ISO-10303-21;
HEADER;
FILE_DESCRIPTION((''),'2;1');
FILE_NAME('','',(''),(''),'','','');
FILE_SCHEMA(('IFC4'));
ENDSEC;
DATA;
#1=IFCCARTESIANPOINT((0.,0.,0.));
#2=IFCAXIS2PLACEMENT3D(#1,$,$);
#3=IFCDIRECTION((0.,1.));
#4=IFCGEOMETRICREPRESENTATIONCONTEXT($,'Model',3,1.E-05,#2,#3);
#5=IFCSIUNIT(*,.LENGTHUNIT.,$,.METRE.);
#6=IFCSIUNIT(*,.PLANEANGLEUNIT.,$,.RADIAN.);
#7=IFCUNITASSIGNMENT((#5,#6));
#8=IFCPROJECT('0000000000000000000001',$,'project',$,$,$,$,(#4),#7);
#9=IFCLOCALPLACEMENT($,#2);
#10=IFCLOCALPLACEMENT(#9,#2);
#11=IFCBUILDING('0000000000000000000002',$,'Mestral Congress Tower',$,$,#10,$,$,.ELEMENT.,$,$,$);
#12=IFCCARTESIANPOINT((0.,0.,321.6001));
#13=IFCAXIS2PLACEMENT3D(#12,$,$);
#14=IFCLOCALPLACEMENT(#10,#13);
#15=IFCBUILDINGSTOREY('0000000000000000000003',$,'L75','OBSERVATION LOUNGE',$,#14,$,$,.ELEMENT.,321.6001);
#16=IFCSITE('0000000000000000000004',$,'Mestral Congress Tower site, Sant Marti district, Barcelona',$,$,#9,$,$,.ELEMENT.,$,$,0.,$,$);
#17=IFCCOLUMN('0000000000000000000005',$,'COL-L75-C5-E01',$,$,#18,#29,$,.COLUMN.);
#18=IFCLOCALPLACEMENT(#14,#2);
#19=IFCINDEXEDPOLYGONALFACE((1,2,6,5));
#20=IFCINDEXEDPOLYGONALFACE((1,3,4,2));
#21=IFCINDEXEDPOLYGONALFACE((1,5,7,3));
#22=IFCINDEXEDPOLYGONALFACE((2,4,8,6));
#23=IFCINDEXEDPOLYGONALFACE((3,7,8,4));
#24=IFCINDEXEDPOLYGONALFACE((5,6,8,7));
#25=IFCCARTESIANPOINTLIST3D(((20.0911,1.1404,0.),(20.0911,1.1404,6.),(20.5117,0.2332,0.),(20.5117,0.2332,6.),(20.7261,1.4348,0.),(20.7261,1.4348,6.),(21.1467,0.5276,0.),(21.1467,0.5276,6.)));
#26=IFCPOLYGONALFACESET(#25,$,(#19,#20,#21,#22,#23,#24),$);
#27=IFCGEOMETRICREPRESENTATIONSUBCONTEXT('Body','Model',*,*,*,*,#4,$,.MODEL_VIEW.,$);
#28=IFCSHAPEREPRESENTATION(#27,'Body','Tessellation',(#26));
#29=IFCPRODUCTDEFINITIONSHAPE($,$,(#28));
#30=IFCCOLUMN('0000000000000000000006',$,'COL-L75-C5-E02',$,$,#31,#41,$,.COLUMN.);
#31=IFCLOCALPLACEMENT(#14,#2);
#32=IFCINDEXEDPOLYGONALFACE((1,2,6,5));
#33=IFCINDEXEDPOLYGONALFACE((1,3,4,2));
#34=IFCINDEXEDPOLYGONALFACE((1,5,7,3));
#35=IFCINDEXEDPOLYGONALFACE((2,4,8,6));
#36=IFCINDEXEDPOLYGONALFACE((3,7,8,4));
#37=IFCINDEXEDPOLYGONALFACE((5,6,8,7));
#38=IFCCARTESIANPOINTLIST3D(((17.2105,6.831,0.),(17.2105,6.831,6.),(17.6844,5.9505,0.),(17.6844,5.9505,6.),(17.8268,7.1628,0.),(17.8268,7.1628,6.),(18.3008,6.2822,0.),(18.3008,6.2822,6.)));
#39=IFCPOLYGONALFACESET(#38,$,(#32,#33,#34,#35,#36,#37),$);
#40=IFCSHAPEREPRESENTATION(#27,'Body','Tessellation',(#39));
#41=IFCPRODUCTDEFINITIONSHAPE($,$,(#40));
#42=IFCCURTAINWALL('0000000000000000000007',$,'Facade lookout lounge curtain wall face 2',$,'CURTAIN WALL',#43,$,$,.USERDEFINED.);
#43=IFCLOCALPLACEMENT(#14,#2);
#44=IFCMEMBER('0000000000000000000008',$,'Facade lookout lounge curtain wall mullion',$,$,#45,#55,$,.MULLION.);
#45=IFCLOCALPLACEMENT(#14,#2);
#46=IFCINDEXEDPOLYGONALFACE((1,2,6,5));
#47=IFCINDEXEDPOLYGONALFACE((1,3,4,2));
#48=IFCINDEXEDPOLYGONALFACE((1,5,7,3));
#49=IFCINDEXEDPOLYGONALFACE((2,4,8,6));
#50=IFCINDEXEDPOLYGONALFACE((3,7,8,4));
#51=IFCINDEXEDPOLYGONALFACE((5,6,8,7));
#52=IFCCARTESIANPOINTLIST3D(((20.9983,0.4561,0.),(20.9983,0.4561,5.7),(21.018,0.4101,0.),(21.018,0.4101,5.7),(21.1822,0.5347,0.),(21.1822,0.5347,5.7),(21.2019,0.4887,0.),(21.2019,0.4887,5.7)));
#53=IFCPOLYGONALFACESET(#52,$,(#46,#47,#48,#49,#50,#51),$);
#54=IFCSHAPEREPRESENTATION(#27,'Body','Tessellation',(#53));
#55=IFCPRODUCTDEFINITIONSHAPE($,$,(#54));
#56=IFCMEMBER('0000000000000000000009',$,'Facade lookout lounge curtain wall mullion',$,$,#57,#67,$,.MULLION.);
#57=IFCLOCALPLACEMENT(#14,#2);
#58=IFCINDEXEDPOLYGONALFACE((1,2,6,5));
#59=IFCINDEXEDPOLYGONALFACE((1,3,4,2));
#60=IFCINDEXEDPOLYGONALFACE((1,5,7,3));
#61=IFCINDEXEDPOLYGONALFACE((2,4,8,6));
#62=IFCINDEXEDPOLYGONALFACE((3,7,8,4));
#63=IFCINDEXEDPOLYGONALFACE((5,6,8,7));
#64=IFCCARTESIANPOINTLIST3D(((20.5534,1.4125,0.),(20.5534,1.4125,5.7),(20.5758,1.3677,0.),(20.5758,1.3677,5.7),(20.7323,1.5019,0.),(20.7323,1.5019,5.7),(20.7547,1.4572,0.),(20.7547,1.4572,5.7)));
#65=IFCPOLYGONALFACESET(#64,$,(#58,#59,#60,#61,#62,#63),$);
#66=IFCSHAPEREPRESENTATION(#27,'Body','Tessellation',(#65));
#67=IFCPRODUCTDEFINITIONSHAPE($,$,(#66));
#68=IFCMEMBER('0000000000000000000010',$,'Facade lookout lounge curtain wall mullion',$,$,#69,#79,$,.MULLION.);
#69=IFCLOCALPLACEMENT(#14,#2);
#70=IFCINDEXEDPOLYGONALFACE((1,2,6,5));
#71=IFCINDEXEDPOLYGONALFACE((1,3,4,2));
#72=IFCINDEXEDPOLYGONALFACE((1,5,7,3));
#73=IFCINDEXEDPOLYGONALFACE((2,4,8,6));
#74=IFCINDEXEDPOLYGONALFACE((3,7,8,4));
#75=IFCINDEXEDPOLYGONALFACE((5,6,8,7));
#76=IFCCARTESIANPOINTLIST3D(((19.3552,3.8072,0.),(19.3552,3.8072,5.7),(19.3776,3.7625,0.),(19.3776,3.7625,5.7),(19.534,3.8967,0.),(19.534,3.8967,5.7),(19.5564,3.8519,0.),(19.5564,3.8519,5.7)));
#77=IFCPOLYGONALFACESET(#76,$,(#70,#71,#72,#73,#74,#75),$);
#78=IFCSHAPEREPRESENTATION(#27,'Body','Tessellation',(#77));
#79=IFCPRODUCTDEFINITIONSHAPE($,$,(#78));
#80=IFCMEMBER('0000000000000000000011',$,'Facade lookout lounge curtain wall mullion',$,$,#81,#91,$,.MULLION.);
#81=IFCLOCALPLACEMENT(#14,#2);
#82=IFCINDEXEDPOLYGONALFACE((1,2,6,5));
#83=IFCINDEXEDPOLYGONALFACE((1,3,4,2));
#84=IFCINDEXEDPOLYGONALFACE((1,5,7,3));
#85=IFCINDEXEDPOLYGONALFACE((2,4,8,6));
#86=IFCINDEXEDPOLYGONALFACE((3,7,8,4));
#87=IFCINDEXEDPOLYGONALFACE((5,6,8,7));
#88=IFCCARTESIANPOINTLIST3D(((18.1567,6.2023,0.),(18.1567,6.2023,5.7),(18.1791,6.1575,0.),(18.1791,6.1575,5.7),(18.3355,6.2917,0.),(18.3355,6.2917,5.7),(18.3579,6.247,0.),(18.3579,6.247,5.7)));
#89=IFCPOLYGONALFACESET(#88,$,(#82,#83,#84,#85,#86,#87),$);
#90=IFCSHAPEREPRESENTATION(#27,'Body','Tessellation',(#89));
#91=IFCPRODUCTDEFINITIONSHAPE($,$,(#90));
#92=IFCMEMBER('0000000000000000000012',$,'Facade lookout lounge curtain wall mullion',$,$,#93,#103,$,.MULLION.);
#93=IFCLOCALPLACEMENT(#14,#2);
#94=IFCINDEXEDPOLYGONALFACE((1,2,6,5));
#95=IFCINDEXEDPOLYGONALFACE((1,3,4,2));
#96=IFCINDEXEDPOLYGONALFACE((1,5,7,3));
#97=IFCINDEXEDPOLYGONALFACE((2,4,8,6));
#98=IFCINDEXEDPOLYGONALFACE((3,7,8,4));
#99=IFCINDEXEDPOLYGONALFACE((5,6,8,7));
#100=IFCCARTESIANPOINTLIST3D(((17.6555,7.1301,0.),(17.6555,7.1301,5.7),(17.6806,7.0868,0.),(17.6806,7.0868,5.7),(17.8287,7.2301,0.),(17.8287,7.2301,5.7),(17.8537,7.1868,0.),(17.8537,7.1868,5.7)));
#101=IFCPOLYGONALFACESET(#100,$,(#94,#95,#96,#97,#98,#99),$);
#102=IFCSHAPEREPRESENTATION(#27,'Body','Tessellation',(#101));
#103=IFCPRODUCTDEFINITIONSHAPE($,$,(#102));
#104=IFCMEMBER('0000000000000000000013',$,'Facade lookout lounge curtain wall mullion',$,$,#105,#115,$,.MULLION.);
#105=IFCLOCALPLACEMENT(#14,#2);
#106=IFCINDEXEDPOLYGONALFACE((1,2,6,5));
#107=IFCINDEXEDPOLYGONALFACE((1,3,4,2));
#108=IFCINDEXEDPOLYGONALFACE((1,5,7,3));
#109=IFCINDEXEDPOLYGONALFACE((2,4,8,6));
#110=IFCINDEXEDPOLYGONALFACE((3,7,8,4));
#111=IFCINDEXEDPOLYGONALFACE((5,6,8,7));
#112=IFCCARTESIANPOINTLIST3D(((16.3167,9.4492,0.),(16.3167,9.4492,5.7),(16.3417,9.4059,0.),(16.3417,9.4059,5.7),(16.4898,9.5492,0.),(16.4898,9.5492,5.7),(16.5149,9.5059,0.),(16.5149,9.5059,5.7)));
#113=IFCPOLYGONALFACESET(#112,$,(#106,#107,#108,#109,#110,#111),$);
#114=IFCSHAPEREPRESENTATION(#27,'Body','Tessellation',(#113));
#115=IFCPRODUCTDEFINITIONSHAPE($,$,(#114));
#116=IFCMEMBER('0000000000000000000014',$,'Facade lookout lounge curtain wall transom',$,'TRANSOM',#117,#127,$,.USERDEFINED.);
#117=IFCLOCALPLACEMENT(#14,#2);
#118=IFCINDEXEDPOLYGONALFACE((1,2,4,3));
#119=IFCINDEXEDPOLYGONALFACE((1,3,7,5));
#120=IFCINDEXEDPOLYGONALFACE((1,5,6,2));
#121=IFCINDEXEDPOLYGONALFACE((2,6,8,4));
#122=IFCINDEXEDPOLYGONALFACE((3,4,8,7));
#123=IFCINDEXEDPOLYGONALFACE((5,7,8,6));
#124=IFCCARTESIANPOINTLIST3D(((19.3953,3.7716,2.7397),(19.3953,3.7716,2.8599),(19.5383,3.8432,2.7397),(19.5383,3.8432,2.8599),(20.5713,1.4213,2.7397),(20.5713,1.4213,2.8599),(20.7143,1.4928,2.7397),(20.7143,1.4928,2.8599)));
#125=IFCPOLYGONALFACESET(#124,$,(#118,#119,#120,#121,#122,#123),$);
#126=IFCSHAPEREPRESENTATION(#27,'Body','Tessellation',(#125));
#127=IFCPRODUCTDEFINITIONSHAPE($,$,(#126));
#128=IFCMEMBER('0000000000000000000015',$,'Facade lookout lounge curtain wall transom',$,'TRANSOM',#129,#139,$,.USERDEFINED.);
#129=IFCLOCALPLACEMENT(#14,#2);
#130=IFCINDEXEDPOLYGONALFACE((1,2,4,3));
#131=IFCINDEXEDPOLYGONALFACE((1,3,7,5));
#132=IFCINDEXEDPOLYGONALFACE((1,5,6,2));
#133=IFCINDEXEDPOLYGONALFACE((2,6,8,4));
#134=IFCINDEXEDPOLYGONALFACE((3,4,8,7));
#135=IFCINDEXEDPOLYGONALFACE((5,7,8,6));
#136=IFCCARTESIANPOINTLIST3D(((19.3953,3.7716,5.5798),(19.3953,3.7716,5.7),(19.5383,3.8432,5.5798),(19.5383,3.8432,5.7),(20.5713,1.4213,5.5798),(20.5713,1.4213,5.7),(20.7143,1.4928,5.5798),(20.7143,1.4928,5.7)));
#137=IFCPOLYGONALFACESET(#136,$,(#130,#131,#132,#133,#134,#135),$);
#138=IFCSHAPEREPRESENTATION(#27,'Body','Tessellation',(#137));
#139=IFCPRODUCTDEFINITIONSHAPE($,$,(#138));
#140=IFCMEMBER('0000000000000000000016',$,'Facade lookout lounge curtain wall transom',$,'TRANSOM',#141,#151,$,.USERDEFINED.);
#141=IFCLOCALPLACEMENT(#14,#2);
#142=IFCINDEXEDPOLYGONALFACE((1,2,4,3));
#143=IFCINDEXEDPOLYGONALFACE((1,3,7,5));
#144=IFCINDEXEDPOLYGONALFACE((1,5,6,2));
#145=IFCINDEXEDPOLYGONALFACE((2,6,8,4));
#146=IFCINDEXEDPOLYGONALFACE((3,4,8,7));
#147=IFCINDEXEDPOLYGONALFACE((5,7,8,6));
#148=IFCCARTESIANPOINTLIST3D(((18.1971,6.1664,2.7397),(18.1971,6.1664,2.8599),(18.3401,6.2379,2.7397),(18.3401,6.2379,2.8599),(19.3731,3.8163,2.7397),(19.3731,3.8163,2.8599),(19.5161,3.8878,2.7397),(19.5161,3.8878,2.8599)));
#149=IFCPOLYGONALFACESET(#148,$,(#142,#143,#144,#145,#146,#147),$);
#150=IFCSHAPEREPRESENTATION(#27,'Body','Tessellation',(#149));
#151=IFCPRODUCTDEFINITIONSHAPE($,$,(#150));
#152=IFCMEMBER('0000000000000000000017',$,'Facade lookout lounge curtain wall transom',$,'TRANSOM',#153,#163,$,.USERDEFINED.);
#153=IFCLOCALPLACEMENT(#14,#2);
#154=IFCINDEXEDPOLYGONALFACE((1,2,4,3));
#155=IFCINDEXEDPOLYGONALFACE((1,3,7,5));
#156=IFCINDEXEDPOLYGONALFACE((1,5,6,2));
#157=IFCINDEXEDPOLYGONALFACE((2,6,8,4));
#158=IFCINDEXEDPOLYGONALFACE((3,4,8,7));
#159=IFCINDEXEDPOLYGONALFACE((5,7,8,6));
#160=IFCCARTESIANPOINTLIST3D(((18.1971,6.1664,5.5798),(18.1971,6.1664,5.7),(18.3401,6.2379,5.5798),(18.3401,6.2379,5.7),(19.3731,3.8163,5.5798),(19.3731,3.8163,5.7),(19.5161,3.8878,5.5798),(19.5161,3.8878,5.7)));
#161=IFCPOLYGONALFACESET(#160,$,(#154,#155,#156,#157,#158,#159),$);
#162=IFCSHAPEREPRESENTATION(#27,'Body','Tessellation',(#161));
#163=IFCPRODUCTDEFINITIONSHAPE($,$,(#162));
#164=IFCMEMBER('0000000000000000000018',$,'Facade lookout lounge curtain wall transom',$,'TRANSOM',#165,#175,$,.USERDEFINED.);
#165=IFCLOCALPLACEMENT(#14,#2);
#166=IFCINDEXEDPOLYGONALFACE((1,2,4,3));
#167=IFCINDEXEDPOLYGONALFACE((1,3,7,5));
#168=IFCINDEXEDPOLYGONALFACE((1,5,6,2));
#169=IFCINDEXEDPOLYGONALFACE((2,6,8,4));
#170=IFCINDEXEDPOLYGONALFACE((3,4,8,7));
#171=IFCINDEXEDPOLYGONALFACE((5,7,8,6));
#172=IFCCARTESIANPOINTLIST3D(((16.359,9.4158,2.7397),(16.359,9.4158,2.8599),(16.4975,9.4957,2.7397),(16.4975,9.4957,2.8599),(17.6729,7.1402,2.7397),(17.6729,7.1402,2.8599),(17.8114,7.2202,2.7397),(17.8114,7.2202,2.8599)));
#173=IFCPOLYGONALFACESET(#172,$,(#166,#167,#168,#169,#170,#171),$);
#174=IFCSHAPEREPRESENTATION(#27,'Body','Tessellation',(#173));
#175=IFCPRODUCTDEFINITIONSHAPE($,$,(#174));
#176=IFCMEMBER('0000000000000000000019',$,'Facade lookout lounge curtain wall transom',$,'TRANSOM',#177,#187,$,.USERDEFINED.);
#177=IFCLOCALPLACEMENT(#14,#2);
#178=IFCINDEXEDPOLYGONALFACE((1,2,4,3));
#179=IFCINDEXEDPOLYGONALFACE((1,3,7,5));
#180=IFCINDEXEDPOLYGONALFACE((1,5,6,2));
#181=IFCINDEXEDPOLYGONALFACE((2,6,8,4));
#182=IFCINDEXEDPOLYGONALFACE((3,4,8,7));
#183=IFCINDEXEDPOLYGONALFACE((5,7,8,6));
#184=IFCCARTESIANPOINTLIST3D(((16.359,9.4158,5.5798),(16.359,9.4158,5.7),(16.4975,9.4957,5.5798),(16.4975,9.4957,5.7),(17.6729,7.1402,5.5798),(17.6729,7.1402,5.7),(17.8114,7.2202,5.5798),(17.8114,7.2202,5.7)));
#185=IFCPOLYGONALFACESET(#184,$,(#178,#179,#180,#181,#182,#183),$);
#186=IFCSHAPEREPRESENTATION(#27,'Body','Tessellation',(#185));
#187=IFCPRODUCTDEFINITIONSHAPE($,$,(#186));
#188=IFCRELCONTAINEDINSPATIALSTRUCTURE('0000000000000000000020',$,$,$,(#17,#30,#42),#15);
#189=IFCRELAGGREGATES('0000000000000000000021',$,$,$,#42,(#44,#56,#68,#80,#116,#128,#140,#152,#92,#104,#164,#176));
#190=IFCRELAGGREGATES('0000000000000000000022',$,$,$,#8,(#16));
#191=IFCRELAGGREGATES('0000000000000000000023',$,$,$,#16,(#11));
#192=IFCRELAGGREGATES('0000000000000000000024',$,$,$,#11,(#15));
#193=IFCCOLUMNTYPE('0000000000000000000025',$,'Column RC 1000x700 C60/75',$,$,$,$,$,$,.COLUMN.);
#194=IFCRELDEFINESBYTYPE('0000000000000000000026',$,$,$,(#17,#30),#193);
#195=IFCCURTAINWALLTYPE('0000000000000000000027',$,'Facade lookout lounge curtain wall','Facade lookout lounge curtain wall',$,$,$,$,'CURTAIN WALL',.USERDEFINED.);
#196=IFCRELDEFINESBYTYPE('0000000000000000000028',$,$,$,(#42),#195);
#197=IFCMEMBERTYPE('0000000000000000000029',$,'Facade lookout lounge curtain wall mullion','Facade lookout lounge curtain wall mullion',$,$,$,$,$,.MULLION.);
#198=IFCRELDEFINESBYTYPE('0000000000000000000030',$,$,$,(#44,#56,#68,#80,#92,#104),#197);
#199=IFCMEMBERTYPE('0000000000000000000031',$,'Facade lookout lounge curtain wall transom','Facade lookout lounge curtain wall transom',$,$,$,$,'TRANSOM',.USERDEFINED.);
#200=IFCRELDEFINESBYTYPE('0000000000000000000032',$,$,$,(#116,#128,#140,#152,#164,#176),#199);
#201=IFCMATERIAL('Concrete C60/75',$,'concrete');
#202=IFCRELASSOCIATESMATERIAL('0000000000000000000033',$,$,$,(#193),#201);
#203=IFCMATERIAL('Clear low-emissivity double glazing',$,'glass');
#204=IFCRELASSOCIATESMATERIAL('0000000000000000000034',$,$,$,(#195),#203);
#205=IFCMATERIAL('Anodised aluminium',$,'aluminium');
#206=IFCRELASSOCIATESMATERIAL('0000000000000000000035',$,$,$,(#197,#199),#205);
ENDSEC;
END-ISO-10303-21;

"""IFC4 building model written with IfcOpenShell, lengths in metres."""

from ifc_helpers import new_model, si_unit, direction, frame, origin, origin_2d, place, context, subcontext, project, spatial, rectangle, extrude, material, material_profile, profile_set, type_object, element, aggregate, save


model = new_model("IFC4")

# Units and contexts
model_context = context("Model", 3, precision=1e-05, world=origin(), true_north=direction((0.0, 1.0)))
body_context = subcontext(model_context, "Body", "Model", "MODEL_VIEW")
ifc_project = project(units=[si_unit("LENGTHUNIT", "METRE"), si_unit("PLANEANGLEUNIT", "RADIAN")], contexts=[model_context])

# Site, building, storey
site_placement = place(None, origin())
site = spatial("IfcSite", under=ifc_project, at=site_placement, Name="Mestral Congress Tower site, Sant Marti district, Barcelona", CompositionType="ELEMENT", RefElevation=0.0)
building_placement = place(site_placement, origin())
building = spatial("IfcBuilding", under=site, at=building_placement, Name="Mestral Congress Tower", CompositionType="ELEMENT")
storey_placement = place(building_placement, frame((0.0, 0.0, 321.6001)))
storey = spatial("IfcBuildingStorey", under=building, at=storey_placement, Name="L75", Description="OBSERVATION LOUNGE", CompositionType="ELEMENT", Elevation=321.6001)

# Columns
ifc_material_1 = material(Name="Concrete C60/75", Category="concrete")
ifc_material_profile_1 = material_profile(ifc_material_1, rectangle(XDim=1.0, YDim=0.7, at=origin_2d()), Name="RC 1000x700")
ifc_profile_set_1 = profile_set([ifc_material_profile_1], Name="Concrete C60/75")
column_type = type_object("IfcColumnType", Name="Column RC 1000x700 C60/75", PredefinedType="COLUMN", material=ifc_profile_set_1)
for number, where, z_axis, x_axis, name in (
    (1, (20.6189, 0.834, 0.0), (0.0, 0.0, 1.0), (-0.420596, 0.907248, 0.0), "COL-L75-C5-E01"),
    (2, (17.7556, 6.5566, 0.0), (0.0, 0.0, 1.0), (-0.473945, 0.880554, 0.0), "COL-L75-C5-E02"),
):
    element("IfcColumn", number, at=place(storey_placement, frame(where, z_axis=z_axis, x_axis=x_axis)), inside=storey, type_object=column_type, Name=name, PredefinedType="COLUMN", context=body_context, shape_type="SweptSolid", body=[
        extrude(rectangle(XDim=1.0, YDim=0.7, at=origin_2d()), origin(), (0.0, 0.0, 1.0), 6.0),
    ])

# Curtain wall, members
ifc_material_2 = material(Name="Clear low-emissivity double glazing", Category="glass")
curtain_wall_type = type_object("IfcCurtainWallType", Name="Facade lookout lounge curtain wall", Description="Facade lookout lounge curtain wall", ElementType="CURTAIN WALL", PredefinedType="USERDEFINED", material=ifc_material_2)
curtain_wall_placement = place(storey_placement, origin())
curtain_wall = element("IfcCurtainWall", 3, at=curtain_wall_placement, inside=storey, type_object=curtain_wall_type, Name="Facade lookout lounge curtain wall face 2", ObjectType="CURTAIN WALL", PredefinedType="USERDEFINED")
ifc_material_3 = material(Name="Anodised aluminium", Category="aluminium")
ifc_material_profile_2 = material_profile(ifc_material_3, rectangle(XDim=0.2, YDim=0.05, at=origin_2d()), Name="CW2 mullion 200 x 50")
ifc_profile_set_2 = profile_set([ifc_material_profile_2], Name="Anodised aluminium")
member_type_1 = type_object("IfcMemberType", Name="Facade lookout lounge curtain wall mullion", Description="Facade lookout lounge curtain wall mullion", PredefinedType="MULLION", material=ifc_profile_set_2)
member_1_placement = place(storey_placement, frame((21.1001, 0.4724, 0.0), z_axis=(0.0, 0.0, 1.0), x_axis=(0.919386, 0.393356, 0.0)))
member_1 = element("IfcMember", 4, at=member_1_placement, type_object=member_type_1, Name="Facade lookout lounge curtain wall mullion", PredefinedType="MULLION", context=body_context, shape_type="SweptSolid", body=[
    extrude(rectangle(XDim=0.2, YDim=0.05, at=origin_2d()), origin(), (0.0, 0.0, 1.0), 5.7),
])
member_2_placement = place(storey_placement, frame((20.6541, 1.4348, 0.0), z_axis=(0.0, 0.0, 1.0), x_axis=(0.8943, 0.447469, 0.0)))
member_2 = element("IfcMember", 5, at=member_2_placement, type_object=member_type_1, Name="Facade lookout lounge curtain wall mullion", PredefinedType="MULLION", context=body_context, shape_type="SweptSolid", body=[
    extrude(rectangle(XDim=0.2, YDim=0.05, at=origin_2d()), origin(), (0.0, 0.0, 1.0), 5.7),
])
member_3_placement = place(storey_placement, frame((19.4558, 3.8296, 0.0), z_axis=(0.0, 0.0, 1.0), x_axis=(0.8943, 0.447469, 0.0)))
member_3 = element("IfcMember", 6, at=member_3_placement, type_object=member_type_1, Name="Facade lookout lounge curtain wall mullion", PredefinedType="MULLION", context=body_context, shape_type="SweptSolid", body=[
    extrude(rectangle(XDim=0.2, YDim=0.05, at=origin_2d()), origin(), (0.0, 0.0, 1.0), 5.7),
])
member_4_placement = place(storey_placement, frame((18.2573, 6.2246, 0.0), z_axis=(0.0, 0.0, 1.0), x_axis=(0.8943, 0.447469, 0.0)))
member_4 = element("IfcMember", 7, at=member_4_placement, type_object=member_type_1, Name="Facade lookout lounge curtain wall mullion", PredefinedType="MULLION", context=body_context, shape_type="SweptSolid", body=[
    extrude(rectangle(XDim=0.2, YDim=0.05, at=origin_2d()), origin(), (0.0, 0.0, 1.0), 5.7),
])
member_5_placement = place(storey_placement, frame((17.7546, 7.1584, 0.0), z_axis=(0.0, 0.0, 1.0), x_axis=(0.866022, 0.500006, 0.0)))
member_5 = element("IfcMember", 8, at=member_5_placement, type_object=member_type_1, Name="Facade lookout lounge curtain wall mullion", PredefinedType="MULLION", context=body_context, shape_type="SweptSolid", body=[
    extrude(rectangle(XDim=0.2, YDim=0.05, at=origin_2d()), origin(), (0.0, 0.0, 1.0), 5.7),
])
member_6_placement = place(storey_placement, frame((16.4158, 9.4775, 0.0), z_axis=(0.0, 0.0, 1.0), x_axis=(0.866022, 0.500006, 0.0)))
member_6 = element("IfcMember", 9, at=member_6_placement, type_object=member_type_1, Name="Facade lookout lounge curtain wall mullion", PredefinedType="MULLION", context=body_context, shape_type="SweptSolid", body=[
    extrude(rectangle(XDim=0.2, YDim=0.05, at=origin_2d()), origin(), (0.0, 0.0, 1.0), 5.7),
])
ifc_material_profile_3 = material_profile(ifc_material_3, rectangle(XDim=0.1599, YDim=0.1201, at=origin_2d()), Name="CW2 transom 160 x 120")
ifc_profile_set_3 = profile_set([ifc_material_profile_3], Name="Anodised aluminium")
member_type_2 = type_object("IfcMemberType", Name="Facade lookout lounge curtain wall transom", Description="Facade lookout lounge curtain wall transom", ElementType="TRANSOM", PredefinedType="USERDEFINED", material=ifc_profile_set_3)
member_7_placement = place(storey_placement, frame((20.6428, 1.457, 2.7998), z_axis=(-0.447474, 0.894297, 0.0), x_axis=(-0.894297, -0.447474, 0.0)))
member_7 = element("IfcMember", 10, at=member_7_placement, type_object=member_type_2, Name="Facade lookout lounge curtain wall transom", ObjectType="TRANSOM", PredefinedType="USERDEFINED", context=body_context, shape_type="SweptSolid", body=[
    extrude(rectangle(XDim=0.1599, YDim=0.1201, at=origin_2d()), origin(), (0.0, 0.0, 1.0), 2.6282),
])
member_8_placement = place(storey_placement, frame((20.6428, 1.457, 5.6399), z_axis=(-0.447474, 0.894297, 0.0), x_axis=(-0.894297, -0.447474, 0.0)))
member_8 = element("IfcMember", 11, at=member_8_placement, type_object=member_type_2, Name="Facade lookout lounge curtain wall transom", ObjectType="TRANSOM", PredefinedType="USERDEFINED", context=body_context, shape_type="SweptSolid", body=[
    extrude(rectangle(XDim=0.1599, YDim=0.1201, at=origin_2d()), origin(), (0.0, 0.0, 1.0), 2.6282),
])
member_9_placement = place(storey_placement, frame((19.4446, 3.8521, 2.7998), z_axis=(-0.447511, 0.894278, 0.0), x_axis=(-0.894278, -0.447511, 0.0)))
member_9 = element("IfcMember", 12, at=member_9_placement, type_object=member_type_2, Name="Facade lookout lounge curtain wall transom", ObjectType="TRANSOM", PredefinedType="USERDEFINED", context=body_context, shape_type="SweptSolid", body=[
    extrude(rectangle(XDim=0.1599, YDim=0.1201, at=origin_2d()), origin(), (0.0, 0.0, 1.0), 2.6279),
])
member_10_placement = place(storey_placement, frame((19.4446, 3.8521, 5.6399), z_axis=(-0.447511, 0.894278, 0.0), x_axis=(-0.894278, -0.447511, 0.0)))
member_10 = element("IfcMember", 13, at=member_10_placement, type_object=member_type_2, Name="Facade lookout lounge curtain wall transom", ObjectType="TRANSOM", PredefinedType="USERDEFINED", context=body_context, shape_type="SweptSolid", body=[
    extrude(rectangle(XDim=0.1599, YDim=0.1201, at=origin_2d()), origin(), (0.0, 0.0, 1.0), 2.6279),
])
member_11_placement = place(storey_placement, frame((17.7422, 7.1802, 2.7998), z_axis=(-0.500036, 0.866005, 0.0), x_axis=(-0.866005, -0.500036, 0.0)))
member_11 = element("IfcMember", 14, at=member_11_placement, type_object=member_type_2, Name="Facade lookout lounge curtain wall transom", ObjectType="TRANSOM", PredefinedType="USERDEFINED", context=body_context, shape_type="SweptSolid", body=[
    extrude(rectangle(XDim=0.1599, YDim=0.1201, at=origin_2d()), origin(), (0.0, 0.0, 1.0), 2.6277),
])
member_12_placement = place(storey_placement, frame((17.7422, 7.1802, 5.6399), z_axis=(-0.500036, 0.866005, 0.0), x_axis=(-0.866005, -0.500036, 0.0)))
member_12 = element("IfcMember", 15, at=member_12_placement, type_object=member_type_2, Name="Facade lookout lounge curtain wall transom", ObjectType="TRANSOM", PredefinedType="USERDEFINED", context=body_context, shape_type="SweptSolid", body=[
    extrude(rectangle(XDim=0.1599, YDim=0.1201, at=origin_2d()), origin(), (0.0, 0.0, 1.0), 2.6277),
])

aggregate(curtain_wall, [member_1, member_2, member_3, member_4, member_7, member_8, member_9, member_10, member_5, member_6, member_11, member_12])

save(model, "model.ifc")
